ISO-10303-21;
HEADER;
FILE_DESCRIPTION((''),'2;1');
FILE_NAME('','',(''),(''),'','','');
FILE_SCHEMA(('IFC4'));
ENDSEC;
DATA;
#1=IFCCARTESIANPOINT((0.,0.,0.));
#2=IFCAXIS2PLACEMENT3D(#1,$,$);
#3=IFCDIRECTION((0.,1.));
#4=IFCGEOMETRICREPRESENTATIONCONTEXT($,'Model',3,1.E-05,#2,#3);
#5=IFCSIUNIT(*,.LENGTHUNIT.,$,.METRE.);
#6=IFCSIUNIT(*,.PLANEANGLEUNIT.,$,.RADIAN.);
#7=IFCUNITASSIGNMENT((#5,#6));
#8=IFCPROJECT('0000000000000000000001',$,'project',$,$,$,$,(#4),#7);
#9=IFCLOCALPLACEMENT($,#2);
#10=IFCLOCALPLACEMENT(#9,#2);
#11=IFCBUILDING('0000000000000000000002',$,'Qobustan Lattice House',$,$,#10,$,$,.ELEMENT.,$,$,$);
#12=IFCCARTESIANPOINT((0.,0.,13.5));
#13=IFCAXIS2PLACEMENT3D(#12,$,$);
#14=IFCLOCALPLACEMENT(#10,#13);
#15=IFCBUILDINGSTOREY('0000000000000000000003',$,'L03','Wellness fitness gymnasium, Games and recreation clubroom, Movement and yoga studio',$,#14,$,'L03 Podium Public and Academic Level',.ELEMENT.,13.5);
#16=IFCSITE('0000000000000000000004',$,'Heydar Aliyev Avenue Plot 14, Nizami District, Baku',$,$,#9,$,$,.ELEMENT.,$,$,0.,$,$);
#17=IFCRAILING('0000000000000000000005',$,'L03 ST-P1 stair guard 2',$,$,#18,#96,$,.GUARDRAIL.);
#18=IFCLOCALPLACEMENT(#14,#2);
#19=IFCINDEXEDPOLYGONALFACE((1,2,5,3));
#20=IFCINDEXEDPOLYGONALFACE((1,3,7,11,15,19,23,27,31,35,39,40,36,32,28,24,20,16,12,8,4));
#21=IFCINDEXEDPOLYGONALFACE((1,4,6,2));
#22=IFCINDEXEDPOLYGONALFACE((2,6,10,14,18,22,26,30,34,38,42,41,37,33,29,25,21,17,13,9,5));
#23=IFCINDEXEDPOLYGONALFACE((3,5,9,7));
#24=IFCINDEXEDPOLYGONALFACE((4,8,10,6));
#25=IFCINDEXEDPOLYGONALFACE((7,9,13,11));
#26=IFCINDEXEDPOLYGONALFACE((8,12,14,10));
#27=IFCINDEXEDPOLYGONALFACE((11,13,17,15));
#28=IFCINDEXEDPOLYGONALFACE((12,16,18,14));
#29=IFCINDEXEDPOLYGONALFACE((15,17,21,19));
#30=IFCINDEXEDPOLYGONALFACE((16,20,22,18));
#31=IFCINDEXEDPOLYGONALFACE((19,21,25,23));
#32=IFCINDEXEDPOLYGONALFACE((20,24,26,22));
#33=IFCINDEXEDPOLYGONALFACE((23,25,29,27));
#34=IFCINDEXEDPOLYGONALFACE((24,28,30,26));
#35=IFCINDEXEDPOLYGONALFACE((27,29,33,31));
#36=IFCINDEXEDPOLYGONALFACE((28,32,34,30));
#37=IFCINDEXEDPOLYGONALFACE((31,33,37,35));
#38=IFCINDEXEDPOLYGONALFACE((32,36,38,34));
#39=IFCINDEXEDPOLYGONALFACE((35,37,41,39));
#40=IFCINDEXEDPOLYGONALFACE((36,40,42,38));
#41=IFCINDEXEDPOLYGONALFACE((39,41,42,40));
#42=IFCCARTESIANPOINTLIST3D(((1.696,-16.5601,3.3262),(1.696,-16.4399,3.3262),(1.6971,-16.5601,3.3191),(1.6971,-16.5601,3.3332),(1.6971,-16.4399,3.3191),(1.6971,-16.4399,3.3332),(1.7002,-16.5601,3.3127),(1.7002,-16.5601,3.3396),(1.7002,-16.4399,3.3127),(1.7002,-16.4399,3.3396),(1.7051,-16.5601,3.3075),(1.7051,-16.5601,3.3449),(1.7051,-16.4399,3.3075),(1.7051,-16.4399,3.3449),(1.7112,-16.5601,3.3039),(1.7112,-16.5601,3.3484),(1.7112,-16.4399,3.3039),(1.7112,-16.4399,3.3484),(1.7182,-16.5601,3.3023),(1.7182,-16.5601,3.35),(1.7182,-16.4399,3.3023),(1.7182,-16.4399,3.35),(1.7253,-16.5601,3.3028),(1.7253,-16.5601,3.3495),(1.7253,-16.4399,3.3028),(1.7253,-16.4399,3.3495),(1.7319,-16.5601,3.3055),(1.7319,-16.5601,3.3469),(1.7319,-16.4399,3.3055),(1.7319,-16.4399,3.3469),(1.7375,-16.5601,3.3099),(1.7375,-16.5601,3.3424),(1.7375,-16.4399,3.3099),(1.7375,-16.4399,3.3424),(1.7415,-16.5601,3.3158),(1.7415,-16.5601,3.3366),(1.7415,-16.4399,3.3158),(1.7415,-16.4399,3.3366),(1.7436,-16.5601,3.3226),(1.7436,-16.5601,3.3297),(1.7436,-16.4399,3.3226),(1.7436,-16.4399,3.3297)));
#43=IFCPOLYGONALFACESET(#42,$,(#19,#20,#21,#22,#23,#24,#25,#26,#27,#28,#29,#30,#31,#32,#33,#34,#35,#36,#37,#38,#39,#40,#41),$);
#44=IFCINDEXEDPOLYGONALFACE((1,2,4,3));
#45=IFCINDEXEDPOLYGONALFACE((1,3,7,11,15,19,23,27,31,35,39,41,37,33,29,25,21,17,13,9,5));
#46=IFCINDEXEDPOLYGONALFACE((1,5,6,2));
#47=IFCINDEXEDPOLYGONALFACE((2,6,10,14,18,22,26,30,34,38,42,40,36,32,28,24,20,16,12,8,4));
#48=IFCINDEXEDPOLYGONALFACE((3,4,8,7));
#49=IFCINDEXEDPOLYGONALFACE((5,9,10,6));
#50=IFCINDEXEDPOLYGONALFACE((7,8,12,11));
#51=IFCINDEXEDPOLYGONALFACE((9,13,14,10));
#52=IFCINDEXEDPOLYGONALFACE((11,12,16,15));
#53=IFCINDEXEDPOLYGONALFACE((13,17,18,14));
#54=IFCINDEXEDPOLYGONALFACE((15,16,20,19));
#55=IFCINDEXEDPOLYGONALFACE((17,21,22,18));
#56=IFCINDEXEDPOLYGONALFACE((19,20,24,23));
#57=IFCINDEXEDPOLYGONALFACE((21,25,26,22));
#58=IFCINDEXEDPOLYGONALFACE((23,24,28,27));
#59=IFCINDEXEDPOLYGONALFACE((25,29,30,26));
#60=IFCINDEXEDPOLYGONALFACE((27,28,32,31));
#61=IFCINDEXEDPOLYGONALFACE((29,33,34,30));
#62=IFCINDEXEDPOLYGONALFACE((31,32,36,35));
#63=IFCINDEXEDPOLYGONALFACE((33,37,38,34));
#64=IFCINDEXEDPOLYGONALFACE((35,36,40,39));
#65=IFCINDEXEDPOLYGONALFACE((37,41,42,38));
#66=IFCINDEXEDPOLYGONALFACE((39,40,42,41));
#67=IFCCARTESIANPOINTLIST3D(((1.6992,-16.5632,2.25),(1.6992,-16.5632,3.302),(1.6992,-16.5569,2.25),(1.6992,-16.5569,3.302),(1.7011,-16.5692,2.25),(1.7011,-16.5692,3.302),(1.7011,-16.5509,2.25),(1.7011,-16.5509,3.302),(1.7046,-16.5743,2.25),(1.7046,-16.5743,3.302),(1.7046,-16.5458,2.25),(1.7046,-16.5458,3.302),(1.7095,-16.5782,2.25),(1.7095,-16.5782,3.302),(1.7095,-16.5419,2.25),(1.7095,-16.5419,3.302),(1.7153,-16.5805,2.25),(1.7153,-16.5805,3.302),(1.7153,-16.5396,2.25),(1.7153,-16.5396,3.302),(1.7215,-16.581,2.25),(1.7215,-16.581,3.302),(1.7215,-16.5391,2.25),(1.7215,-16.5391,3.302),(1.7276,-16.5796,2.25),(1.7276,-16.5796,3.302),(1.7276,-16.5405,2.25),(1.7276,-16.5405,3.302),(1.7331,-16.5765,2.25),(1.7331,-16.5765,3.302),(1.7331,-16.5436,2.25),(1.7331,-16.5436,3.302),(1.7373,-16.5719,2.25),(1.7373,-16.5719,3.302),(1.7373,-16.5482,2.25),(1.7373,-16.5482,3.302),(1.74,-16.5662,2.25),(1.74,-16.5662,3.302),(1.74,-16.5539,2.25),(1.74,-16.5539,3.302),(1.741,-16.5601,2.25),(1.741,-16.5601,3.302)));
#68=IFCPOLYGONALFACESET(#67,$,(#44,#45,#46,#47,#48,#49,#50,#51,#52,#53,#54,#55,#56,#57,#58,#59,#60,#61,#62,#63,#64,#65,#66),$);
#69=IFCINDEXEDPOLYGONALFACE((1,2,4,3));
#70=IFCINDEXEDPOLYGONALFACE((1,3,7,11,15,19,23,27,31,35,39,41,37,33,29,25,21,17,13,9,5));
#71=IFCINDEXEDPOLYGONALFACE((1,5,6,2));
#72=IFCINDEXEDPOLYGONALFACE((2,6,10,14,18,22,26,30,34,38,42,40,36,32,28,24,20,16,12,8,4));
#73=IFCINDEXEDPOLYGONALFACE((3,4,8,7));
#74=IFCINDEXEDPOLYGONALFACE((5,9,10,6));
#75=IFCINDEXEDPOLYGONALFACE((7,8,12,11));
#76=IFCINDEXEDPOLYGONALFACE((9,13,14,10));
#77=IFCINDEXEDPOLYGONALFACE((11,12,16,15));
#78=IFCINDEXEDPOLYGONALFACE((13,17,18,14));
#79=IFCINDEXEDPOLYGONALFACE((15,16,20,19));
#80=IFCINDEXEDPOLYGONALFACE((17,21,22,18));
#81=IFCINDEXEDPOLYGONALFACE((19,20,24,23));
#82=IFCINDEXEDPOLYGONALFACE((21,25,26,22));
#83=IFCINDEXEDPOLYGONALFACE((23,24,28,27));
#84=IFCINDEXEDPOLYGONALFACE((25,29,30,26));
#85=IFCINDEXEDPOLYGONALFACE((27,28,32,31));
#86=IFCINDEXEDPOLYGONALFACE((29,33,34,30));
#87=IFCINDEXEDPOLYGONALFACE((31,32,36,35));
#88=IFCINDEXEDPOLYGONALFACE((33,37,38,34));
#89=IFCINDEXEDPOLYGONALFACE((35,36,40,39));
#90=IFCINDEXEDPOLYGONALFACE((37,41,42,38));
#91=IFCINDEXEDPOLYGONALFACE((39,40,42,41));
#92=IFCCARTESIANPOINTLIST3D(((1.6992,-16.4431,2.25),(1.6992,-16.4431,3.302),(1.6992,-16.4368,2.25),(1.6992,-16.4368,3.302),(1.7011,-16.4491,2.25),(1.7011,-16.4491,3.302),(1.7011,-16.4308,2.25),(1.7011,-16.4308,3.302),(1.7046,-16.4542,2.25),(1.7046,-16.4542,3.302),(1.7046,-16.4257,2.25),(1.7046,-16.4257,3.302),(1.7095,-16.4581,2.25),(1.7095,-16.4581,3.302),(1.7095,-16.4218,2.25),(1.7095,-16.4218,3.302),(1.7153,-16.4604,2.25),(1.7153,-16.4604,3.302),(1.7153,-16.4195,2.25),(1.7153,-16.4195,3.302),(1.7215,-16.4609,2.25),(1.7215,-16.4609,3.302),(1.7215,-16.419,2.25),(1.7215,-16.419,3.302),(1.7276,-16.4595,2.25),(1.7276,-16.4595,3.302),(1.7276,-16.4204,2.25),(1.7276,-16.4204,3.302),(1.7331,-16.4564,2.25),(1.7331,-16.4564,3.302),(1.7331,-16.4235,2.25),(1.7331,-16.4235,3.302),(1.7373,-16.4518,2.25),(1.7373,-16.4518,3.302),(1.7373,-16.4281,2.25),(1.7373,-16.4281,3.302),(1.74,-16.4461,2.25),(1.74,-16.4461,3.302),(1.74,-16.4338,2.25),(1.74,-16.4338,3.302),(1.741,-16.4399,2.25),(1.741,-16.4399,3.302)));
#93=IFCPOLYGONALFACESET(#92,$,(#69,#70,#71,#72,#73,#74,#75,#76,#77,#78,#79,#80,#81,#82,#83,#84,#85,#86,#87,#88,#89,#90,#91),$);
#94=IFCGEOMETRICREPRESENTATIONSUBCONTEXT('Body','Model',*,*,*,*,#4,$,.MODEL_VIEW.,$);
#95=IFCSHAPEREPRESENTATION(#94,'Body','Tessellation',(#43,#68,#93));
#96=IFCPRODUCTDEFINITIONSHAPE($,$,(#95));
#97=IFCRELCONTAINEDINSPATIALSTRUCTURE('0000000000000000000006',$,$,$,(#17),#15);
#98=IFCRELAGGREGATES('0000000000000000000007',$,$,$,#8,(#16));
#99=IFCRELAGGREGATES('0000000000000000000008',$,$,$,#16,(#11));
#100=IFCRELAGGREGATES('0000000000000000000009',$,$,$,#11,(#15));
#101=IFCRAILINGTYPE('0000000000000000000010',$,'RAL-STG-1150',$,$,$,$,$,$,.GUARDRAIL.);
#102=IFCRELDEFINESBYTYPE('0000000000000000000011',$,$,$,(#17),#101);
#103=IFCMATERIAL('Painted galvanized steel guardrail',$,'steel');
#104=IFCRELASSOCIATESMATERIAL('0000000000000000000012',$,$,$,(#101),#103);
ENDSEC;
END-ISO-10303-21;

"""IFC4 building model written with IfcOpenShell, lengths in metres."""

from ifc_helpers import new_model, si_unit, direction, frame, origin, origin_2d, place, context, subcontext, project, spatial, circle, extrude, material, type_object, element, save


model = new_model("IFC4")

# Units and contexts
model_context = context("Model", 3, precision=1e-05, world=origin(), true_north=direction((0.0, 1.0)))
body_context = subcontext(model_context, "Body", "Model", "MODEL_VIEW")
ifc_project = project(units=[si_unit("LENGTHUNIT", "METRE"), si_unit("PLANEANGLEUNIT", "RADIAN")], contexts=[model_context])

# Site, building, storey
site_placement = place(None, origin())
site = spatial("IfcSite", under=ifc_project, at=site_placement, Name="Heydar Aliyev Avenue Plot 14, Nizami District, Baku", CompositionType="ELEMENT", RefElevation=0.0)
building_placement = place(site_placement, origin())
building = spatial("IfcBuilding", under=site, at=building_placement, Name="Qobustan Lattice House", CompositionType="ELEMENT")
storey_placement = place(building_placement, frame((0.0, 0.0, 13.5)))
storey = spatial("IfcBuildingStorey", under=building, at=storey_placement, Name="L03", Description="Wellness fitness gymnasium, Games and recreation clubroom, Movement and yoga studio", LongName="L03 Podium Public and Academic Level", CompositionType="ELEMENT", Elevation=13.5)

# Railing
ifc_material_1 = material(Name="Painted galvanized steel guardrail", Category="steel")
railing_type_1 = type_object("IfcRailingType", Name="RAL-STG-1150", PredefinedType="GUARDRAIL", material=ifc_material_1)
railing_1_placement = place(storey_placement, frame((1.72, -16.5601, 2.25)))
element("IfcRailing", 1, at=railing_1_placement, inside=storey, type_object=railing_type_1, Name="L03 ST-P1 stair guard 2", PredefinedType="GUARDRAIL", context=body_context, shape_type="SweptSolid", body=[
    extrude(circle(Radius=0.0239, at=origin_2d()), frame((0.0, 0.0, 1.0762), z_axis=(0.0, 1.0, 0.0), x_axis=(-1.0, 0.0, 0.0)), (0.0, 0.0, 1.0), 0.1201),
    extrude(circle(Radius=0.021, at=origin_2d()), origin(), (0.0, 0.0, 1.0), 1.052),
    extrude(circle(Radius=0.021, at=origin_2d()), frame((0.0, 0.1201, 0.0)), (0.0, 0.0, 1.0), 1.052),
])

save(model, "model.ifc")
